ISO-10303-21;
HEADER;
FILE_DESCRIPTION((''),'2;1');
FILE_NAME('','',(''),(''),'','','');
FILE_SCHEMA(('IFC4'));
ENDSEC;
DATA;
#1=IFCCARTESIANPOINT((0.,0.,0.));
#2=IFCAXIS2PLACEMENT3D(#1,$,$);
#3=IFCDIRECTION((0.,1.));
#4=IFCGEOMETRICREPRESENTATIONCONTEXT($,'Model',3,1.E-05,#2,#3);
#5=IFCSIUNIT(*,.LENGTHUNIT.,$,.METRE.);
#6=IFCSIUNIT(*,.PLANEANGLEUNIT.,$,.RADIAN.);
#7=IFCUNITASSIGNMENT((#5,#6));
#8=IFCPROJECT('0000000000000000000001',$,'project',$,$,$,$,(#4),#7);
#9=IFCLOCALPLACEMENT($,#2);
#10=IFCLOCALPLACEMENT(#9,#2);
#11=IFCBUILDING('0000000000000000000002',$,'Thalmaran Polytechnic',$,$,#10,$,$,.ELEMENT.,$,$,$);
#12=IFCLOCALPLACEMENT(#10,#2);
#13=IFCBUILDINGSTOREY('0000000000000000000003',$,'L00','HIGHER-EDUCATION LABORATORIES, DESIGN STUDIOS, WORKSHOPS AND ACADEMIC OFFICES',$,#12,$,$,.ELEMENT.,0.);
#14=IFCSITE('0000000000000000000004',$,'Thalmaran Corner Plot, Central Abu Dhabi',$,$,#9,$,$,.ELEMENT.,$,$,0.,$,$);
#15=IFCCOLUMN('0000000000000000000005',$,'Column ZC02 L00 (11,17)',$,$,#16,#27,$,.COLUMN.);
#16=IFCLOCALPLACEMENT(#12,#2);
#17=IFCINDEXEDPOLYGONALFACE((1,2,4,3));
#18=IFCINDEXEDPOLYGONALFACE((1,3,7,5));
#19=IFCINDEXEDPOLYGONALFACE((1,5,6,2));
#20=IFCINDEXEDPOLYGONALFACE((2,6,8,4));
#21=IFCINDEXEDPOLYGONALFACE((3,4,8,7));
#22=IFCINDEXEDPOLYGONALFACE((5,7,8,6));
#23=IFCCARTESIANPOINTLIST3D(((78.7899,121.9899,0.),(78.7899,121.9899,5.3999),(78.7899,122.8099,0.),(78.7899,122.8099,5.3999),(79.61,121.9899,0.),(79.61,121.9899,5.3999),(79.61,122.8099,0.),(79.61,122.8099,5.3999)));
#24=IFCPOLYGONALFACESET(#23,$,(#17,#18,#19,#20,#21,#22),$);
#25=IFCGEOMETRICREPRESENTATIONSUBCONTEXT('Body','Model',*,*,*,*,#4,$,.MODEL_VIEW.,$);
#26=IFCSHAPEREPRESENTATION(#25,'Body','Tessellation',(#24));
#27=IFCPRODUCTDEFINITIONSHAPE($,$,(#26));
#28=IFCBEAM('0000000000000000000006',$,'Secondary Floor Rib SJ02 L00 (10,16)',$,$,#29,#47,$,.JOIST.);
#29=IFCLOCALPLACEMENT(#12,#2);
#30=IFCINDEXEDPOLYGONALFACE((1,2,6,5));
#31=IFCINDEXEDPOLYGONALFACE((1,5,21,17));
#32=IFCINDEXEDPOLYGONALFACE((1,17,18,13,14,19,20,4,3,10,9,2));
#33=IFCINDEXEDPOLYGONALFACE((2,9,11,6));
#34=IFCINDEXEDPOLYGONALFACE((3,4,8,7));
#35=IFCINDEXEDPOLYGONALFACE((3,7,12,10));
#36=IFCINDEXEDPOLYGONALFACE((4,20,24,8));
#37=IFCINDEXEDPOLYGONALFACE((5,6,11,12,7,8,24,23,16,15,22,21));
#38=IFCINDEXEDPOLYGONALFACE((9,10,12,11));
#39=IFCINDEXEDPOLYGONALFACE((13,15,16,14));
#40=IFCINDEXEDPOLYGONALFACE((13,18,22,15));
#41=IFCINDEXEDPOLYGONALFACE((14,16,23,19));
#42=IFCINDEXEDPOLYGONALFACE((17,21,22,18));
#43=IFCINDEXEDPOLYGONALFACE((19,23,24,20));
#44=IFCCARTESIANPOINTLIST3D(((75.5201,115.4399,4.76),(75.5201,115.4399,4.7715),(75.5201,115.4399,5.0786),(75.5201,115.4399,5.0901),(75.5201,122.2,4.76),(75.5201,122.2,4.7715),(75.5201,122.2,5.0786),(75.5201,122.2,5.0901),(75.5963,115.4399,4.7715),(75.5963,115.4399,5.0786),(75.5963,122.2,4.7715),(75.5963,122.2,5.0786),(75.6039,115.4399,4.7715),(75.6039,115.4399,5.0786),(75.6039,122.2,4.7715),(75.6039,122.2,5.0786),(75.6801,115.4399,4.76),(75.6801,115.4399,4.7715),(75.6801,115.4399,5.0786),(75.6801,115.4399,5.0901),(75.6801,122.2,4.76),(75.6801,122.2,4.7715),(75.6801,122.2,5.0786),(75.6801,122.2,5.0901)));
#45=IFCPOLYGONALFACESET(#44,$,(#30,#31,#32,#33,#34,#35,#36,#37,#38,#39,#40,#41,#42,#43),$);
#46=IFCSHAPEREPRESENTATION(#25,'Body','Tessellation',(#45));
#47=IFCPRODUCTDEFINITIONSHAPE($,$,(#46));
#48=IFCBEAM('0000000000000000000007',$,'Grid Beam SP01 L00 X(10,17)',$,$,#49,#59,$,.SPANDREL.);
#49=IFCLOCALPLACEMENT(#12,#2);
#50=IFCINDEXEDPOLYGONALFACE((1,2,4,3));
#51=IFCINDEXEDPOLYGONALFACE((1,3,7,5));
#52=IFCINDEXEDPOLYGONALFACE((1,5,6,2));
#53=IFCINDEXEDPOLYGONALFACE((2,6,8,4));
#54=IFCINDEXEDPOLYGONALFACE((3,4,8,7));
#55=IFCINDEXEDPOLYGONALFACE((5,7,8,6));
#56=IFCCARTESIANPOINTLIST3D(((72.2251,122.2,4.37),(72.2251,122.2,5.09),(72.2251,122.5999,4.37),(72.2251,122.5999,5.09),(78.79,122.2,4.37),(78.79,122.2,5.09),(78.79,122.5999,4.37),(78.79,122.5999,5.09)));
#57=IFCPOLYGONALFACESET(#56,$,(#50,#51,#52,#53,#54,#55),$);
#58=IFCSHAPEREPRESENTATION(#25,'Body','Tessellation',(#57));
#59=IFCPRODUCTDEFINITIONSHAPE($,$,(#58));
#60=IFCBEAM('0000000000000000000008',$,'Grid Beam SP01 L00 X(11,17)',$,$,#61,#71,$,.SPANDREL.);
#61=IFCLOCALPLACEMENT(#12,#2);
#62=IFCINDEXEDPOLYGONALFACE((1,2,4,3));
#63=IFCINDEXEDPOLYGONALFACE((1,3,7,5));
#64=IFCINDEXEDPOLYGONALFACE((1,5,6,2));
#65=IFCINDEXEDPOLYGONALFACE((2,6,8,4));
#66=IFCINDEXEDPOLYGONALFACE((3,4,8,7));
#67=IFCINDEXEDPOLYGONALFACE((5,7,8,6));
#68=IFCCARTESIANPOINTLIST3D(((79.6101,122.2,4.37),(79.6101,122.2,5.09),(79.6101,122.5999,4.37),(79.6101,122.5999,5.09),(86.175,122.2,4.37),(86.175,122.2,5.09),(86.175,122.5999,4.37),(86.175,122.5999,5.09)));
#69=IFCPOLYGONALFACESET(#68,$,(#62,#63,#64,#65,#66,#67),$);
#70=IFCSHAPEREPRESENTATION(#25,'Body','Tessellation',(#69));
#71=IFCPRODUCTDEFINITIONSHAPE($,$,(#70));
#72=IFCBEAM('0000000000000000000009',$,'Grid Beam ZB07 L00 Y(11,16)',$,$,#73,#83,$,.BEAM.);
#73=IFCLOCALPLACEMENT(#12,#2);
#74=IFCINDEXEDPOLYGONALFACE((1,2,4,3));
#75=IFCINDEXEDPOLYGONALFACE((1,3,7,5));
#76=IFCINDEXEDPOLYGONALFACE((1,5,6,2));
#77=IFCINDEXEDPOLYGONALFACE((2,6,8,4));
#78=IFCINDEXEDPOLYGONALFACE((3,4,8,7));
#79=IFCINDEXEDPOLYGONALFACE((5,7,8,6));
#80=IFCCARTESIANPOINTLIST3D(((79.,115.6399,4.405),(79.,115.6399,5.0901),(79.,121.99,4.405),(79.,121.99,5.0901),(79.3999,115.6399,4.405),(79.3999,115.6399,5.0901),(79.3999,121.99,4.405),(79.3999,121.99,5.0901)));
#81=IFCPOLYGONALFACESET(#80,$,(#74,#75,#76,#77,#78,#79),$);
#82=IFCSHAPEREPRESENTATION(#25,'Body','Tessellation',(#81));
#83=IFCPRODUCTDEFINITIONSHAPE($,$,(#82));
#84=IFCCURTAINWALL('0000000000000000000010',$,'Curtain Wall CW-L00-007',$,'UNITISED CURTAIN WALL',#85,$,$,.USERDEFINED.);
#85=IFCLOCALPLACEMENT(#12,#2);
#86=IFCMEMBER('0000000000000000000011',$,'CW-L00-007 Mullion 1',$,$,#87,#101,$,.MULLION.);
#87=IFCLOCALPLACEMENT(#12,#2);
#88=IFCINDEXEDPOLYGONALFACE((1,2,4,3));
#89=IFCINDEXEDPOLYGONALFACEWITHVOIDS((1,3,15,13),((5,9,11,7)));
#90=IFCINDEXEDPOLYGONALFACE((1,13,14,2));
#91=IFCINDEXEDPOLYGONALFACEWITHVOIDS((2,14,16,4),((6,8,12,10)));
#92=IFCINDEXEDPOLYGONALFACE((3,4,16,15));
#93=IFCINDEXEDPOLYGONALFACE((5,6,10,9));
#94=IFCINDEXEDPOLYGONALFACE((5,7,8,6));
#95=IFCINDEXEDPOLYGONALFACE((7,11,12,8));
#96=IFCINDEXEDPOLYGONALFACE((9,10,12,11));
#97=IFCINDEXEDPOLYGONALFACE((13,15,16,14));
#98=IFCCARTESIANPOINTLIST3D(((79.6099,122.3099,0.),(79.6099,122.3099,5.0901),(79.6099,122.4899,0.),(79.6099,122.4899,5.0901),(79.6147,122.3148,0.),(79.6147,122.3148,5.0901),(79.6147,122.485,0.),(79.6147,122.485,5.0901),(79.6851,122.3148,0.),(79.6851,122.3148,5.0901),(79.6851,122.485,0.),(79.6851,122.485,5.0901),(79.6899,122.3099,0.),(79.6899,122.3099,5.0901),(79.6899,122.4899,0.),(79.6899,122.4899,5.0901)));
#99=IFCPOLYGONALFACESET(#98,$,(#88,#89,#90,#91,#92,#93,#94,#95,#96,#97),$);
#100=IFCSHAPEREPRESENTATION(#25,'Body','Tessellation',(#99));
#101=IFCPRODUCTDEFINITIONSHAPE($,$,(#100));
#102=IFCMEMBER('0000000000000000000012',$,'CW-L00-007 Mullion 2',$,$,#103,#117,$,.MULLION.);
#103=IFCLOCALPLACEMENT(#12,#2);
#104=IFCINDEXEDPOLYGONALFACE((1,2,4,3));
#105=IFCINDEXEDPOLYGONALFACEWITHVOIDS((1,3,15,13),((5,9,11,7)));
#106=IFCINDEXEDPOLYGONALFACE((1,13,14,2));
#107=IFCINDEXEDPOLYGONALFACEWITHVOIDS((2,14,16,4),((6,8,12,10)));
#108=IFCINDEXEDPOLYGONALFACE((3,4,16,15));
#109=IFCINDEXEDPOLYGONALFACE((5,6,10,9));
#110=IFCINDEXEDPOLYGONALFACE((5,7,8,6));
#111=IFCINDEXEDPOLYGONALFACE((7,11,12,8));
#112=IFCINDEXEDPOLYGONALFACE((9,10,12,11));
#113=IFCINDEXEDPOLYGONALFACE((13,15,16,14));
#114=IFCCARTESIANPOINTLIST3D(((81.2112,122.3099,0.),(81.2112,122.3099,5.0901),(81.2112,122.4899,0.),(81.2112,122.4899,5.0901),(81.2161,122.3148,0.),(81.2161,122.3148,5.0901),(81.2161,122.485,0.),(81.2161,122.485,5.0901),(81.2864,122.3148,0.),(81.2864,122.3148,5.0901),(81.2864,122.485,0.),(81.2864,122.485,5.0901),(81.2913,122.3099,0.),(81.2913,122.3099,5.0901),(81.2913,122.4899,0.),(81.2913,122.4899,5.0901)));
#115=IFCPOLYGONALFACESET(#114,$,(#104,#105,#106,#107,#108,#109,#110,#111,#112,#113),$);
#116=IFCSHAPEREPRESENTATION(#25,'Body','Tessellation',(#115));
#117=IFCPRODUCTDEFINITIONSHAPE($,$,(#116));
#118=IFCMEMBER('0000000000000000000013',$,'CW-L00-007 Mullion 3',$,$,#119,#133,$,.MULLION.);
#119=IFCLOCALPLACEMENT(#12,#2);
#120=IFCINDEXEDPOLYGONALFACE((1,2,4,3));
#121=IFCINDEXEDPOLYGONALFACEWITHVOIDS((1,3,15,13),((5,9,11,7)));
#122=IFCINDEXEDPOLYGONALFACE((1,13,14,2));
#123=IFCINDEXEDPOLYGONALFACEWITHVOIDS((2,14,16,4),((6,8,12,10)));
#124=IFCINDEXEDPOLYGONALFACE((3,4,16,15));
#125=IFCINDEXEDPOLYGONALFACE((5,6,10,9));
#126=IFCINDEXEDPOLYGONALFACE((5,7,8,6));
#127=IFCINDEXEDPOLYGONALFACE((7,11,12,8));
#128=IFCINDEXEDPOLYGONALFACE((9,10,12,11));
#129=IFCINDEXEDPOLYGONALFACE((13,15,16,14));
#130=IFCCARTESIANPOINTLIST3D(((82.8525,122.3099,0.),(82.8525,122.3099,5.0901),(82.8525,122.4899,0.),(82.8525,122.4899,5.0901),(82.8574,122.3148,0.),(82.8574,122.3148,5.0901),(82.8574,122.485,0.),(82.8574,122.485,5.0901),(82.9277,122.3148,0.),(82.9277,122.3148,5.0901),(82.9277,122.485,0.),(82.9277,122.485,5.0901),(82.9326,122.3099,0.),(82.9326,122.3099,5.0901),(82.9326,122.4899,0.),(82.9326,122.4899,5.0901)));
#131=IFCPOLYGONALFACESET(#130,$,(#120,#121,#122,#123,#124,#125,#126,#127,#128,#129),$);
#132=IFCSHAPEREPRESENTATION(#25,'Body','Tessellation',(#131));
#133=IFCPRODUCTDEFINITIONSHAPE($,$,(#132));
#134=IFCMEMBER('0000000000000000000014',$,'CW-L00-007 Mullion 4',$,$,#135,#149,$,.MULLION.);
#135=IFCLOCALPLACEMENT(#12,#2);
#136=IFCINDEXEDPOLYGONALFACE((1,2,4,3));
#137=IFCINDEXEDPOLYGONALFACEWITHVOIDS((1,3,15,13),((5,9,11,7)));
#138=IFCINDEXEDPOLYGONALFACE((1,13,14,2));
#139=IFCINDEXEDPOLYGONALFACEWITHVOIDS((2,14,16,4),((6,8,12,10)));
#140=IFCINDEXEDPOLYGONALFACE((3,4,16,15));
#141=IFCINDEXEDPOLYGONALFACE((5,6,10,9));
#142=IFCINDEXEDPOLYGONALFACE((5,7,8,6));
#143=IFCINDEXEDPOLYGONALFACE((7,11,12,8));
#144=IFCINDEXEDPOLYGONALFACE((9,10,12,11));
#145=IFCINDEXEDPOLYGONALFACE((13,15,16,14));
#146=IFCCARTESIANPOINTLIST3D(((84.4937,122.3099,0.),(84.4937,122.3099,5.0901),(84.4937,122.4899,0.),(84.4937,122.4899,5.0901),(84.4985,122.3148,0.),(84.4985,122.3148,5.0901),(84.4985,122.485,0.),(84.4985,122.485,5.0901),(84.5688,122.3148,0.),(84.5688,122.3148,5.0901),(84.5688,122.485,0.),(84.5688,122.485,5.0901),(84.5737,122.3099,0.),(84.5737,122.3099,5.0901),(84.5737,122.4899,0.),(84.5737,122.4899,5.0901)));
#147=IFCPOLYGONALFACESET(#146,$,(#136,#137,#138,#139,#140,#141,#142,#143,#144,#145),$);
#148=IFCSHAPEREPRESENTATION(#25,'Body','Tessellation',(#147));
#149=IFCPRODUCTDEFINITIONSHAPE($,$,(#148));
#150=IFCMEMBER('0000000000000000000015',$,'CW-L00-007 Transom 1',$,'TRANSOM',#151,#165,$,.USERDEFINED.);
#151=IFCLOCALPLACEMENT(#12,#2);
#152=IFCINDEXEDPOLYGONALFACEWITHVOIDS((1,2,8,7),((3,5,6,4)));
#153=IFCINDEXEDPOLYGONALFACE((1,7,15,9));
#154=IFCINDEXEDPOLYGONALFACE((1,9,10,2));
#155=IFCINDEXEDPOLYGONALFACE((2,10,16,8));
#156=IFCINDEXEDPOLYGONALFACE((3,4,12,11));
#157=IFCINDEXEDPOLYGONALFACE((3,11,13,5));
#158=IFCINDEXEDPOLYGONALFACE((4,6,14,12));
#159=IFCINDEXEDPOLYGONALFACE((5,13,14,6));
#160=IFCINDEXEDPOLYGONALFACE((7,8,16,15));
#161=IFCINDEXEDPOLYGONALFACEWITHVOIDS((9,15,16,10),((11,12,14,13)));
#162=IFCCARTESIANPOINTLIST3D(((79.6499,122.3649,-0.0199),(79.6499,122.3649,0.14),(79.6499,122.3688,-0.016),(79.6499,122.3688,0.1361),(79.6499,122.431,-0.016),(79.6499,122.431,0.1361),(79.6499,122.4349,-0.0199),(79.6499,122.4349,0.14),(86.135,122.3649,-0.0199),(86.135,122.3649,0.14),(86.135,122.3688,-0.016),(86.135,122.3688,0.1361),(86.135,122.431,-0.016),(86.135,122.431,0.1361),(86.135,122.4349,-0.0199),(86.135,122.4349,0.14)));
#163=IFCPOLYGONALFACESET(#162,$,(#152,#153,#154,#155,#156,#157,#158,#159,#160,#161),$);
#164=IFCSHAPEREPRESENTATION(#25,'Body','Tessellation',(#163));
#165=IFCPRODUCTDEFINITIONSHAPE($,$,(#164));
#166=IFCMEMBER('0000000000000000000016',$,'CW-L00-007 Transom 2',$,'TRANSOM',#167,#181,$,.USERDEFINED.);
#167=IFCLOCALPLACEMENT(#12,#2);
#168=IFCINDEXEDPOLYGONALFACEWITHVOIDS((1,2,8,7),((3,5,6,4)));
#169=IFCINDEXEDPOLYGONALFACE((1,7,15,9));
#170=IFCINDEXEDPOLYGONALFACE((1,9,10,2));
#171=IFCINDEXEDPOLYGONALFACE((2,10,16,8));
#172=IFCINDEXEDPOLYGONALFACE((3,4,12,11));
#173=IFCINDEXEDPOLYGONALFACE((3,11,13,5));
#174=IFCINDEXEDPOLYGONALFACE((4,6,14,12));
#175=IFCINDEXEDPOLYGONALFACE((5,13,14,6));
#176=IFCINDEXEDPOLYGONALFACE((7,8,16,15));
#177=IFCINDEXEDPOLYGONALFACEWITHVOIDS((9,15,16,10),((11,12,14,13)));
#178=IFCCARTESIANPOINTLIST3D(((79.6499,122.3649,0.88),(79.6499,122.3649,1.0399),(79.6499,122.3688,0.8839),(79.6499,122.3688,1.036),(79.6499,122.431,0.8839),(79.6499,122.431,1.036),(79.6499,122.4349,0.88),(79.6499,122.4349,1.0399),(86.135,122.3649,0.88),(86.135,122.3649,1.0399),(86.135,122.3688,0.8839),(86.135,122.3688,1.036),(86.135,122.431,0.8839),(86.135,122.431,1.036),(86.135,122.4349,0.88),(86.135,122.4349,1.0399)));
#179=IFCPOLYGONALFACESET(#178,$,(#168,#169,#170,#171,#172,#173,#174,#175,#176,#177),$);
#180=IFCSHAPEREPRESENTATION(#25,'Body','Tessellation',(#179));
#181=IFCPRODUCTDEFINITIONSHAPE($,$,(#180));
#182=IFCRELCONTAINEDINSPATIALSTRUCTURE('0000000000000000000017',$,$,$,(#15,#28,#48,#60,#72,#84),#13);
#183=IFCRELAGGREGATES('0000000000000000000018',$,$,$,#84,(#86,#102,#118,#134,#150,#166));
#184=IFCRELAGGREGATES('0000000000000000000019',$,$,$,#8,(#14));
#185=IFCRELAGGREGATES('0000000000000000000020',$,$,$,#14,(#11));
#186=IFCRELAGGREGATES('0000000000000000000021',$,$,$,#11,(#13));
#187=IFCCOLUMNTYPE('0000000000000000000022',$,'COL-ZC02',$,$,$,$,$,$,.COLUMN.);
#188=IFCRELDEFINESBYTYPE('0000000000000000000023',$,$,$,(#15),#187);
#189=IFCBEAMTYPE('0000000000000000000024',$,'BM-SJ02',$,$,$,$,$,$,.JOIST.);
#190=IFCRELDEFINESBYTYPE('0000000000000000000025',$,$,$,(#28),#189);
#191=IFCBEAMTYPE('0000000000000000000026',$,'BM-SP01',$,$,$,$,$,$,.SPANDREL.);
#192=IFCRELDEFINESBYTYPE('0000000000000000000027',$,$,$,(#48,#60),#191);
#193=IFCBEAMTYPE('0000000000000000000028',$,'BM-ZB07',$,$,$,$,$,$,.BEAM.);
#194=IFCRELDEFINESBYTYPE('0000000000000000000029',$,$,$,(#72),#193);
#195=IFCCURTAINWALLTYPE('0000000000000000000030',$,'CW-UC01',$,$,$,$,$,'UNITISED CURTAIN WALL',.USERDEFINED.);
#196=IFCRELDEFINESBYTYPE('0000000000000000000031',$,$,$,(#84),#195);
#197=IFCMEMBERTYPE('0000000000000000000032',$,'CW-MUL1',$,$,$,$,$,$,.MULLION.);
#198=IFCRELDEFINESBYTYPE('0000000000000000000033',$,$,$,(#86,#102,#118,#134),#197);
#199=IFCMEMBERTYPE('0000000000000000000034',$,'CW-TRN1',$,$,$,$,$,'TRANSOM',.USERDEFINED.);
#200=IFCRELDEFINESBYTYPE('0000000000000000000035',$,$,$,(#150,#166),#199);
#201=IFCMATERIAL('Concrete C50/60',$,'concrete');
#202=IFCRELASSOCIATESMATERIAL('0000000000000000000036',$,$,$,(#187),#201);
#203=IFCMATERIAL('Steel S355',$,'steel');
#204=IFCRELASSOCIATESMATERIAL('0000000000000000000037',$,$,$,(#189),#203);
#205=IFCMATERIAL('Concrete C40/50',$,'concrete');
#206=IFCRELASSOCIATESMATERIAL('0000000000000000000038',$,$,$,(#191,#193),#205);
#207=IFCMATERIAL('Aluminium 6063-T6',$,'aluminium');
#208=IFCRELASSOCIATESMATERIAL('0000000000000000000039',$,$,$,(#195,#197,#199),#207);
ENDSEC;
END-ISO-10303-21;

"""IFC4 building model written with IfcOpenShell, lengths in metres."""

from ifc_helpers import new_model, si_unit, direction, frame, origin, origin_2d, place, context, subcontext, project, spatial, rectangle, hollow_rectangle, i_section, extrude, material, material_profile, profile_set, type_object, element, aggregate, save


model = new_model("IFC4")

# Units and contexts
model_context = context("Model", 3, precision=1e-05, world=origin(), true_north=direction((0.0, 1.0)))
body_context = subcontext(model_context, "Body", "Model", "MODEL_VIEW")
ifc_project = project(units=[si_unit("LENGTHUNIT", "METRE"), si_unit("PLANEANGLEUNIT", "RADIAN")], contexts=[model_context])

# Site, building, storey
site_placement = place(None, origin())
site = spatial("IfcSite", under=ifc_project, at=site_placement, Name="Thalmaran Corner Plot, Central Abu Dhabi", CompositionType="ELEMENT", RefElevation=0.0)
building_placement = place(site_placement, origin())
building = spatial("IfcBuilding", under=site, at=building_placement, Name="Thalmaran Polytechnic", CompositionType="ELEMENT")
storey_placement = place(building_placement, origin())
storey = spatial("IfcBuildingStorey", under=building, at=storey_placement, Name="L00", Description="HIGHER-EDUCATION LABORATORIES, DESIGN STUDIOS, WORKSHOPS AND ACADEMIC OFFICES", CompositionType="ELEMENT", Elevation=0.0)

# Column
ifc_material_1 = material(Name="Concrete C50/60", Category="concrete")
ifc_material_profile_1 = material_profile(ifc_material_1, rectangle(XDim=0.8201, YDim=0.8201, at=origin_2d()), Name="RC 820x820")
ifc_profile_set_1 = profile_set([ifc_material_profile_1], Name="Concrete C50/60")
column_type = type_object("IfcColumnType", Name="COL-ZC02", PredefinedType="COLUMN", material=ifc_profile_set_1)
column_placement = place(storey_placement, frame((79.2, 122.3999, 0.0), z_axis=(0.0, 0.0, 1.0), x_axis=(1.0, 0.0, 0.0)))
element("IfcColumn", 1, at=column_placement, inside=storey, type_object=column_type, Name="Column ZC02 L00 (11,17)", PredefinedType="COLUMN", context=body_context, shape_type="SweptSolid", body=[
    extrude(rectangle(XDim=0.8201, YDim=0.8201, at=origin_2d()), origin(), (0.0, 0.0, 1.0), 5.3999),
])

# Beams
ifc_material_2 = material(Name="Steel S355", Category="steel")
ifc_material_profile_2 = material_profile(ifc_material_2, i_section(OverallWidth=0.1599, OverallDepth=0.3301, WebThickness=0.0076, FlangeThickness=0.0115, at=origin_2d()), Name="IPE 330")
ifc_profile_set_2 = profile_set([ifc_material_profile_2], Name="Steel S355")
beam_type_1 = type_object("IfcBeamType", Name="BM-SJ02", PredefinedType="JOIST", material=ifc_profile_set_2)
beam_1_placement = place(storey_placement, frame((75.6001, 115.4399, 4.925), z_axis=(0.0, 1.0, 0.0), x_axis=(-1.0, 0.0, 0.0)))
element("IfcBeam", 2, at=beam_1_placement, inside=storey, type_object=beam_type_1, Name="Secondary Floor Rib SJ02 L00 (10,16)", PredefinedType="JOIST", context=body_context, shape_type="SweptSolid", body=[
    extrude(i_section(OverallWidth=0.1599, OverallDepth=0.3301, WebThickness=0.0076, FlangeThickness=0.0115, at=origin_2d()), origin(), (0.0, 0.0, 1.0), 6.76),
])
ifc_material_3 = material(Name="Concrete C40/50", Category="concrete")
ifc_material_profile_3 = material_profile(ifc_material_3, rectangle(XDim=0.3999, YDim=0.72, at=origin_2d()), Name="RC 400x720")
ifc_profile_set_3 = profile_set([ifc_material_profile_3], Name="Concrete C40/50")
beam_type_2 = type_object("IfcBeamType", Name="BM-SP01", PredefinedType="SPANDREL", material=ifc_profile_set_3)
for number, where, z_axis, x_axis, name in (
    (3, (72.2251, 122.3999, 4.73), (1.0, 0.0, 0.0), (0.0, 1.0, 0.0), "Grid Beam SP01 L00 X(10,17)"),
    (4, (79.6101, 122.3999, 4.73), (1.0, 0.0, 0.0), (0.0, 1.0, 0.0), "Grid Beam SP01 L00 X(11,17)"),
):
    element("IfcBeam", number, at=place(storey_placement, frame(where, z_axis=z_axis, x_axis=x_axis)), inside=storey, type_object=beam_type_2, Name=name, PredefinedType="SPANDREL", context=body_context, shape_type="SweptSolid", body=[
        extrude(rectangle(XDim=0.3999, YDim=0.72, at=origin_2d()), origin(), (0.0, 0.0, 1.0), 6.5649),
    ])
ifc_material_profile_4 = material_profile(ifc_material_3, rectangle(XDim=0.3999, YDim=0.6851, at=origin_2d()), Name="RC 400x685")
ifc_profile_set_4 = profile_set([ifc_material_profile_4], Name="Concrete C40/50")
beam_type_3 = type_object("IfcBeamType", Name="BM-ZB07", PredefinedType="BEAM", material=ifc_profile_set_4)
beam_2_placement = place(storey_placement, frame((79.2, 115.6399, 4.7476), z_axis=(0.0, 1.0, 0.0), x_axis=(-1.0, 0.0, 0.0)))
element("IfcBeam", 5, at=beam_2_placement, inside=storey, type_object=beam_type_3, Name="Grid Beam ZB07 L00 Y(11,16)", PredefinedType="BEAM", context=body_context, shape_type="SweptSolid", body=[
    extrude(rectangle(XDim=0.3999, YDim=0.6851, at=origin_2d()), origin(), (0.0, 0.0, 1.0), 6.3501),
])

# Curtain wall, members
ifc_material_4 = material(Name="Aluminium 6063-T6", Category="aluminium")
curtain_wall_type = type_object("IfcCurtainWallType", Name="CW-UC01", ElementType="UNITISED CURTAIN WALL", PredefinedType="USERDEFINED", material=ifc_material_4)
curtain_wall_placement = place(storey_placement, origin())
curtain_wall = element("IfcCurtainWall", 6, at=curtain_wall_placement, inside=storey, type_object=curtain_wall_type, Name="Curtain Wall CW-L00-007", ObjectType="UNITISED CURTAIN WALL", PredefinedType="USERDEFINED")
ifc_material_profile_5 = material_profile(ifc_material_4, hollow_rectangle(XDim=0.0801, YDim=0.1799, WallThickness=0.0049, at=origin_2d()), Name="RHS 180x80x5.0")
ifc_profile_set_5 = profile_set([ifc_material_profile_5], Name="Aluminium 6063-T6")
member_type_1 = type_object("IfcMemberType", Name="CW-MUL1", PredefinedType="MULLION", material=ifc_profile_set_5)
member_1_placement = place(storey_placement, frame((79.6499, 122.3999, 0.0), z_axis=(0.0, 0.0, 1.0), x_axis=(1.0, 0.0, 0.0)))
member_1 = element("IfcMember", 7, at=member_1_placement, type_object=member_type_1, Name="CW-L00-007 Mullion 1", PredefinedType="MULLION", context=body_context, shape_type="SweptSolid", body=[
    extrude(hollow_rectangle(XDim=0.0801, YDim=0.1799, WallThickness=0.0049, at=origin_2d()), origin(), (0.0, 0.0, 1.0), 5.0901),
])
member_2_placement = place(storey_placement, frame((81.2512, 122.3999, 0.0), z_axis=(0.0, 0.0, 1.0), x_axis=(1.0, 0.0, 0.0)))
member_2 = element("IfcMember", 8, at=member_2_placement, type_object=member_type_1, Name="CW-L00-007 Mullion 2", PredefinedType="MULLION", context=body_context, shape_type="SweptSolid", body=[
    extrude(hollow_rectangle(XDim=0.0801, YDim=0.1799, WallThickness=0.0049, at=origin_2d()), origin(), (0.0, 0.0, 1.0), 5.0901),
])
member_3_placement = place(storey_placement, frame((82.8926, 122.3999, 0.0), z_axis=(0.0, 0.0, 1.0), x_axis=(1.0, 0.0, 0.0)))
member_3 = element("IfcMember", 9, at=member_3_placement, type_object=member_type_1, Name="CW-L00-007 Mullion 3", PredefinedType="MULLION", context=body_context, shape_type="SweptSolid", body=[
    extrude(hollow_rectangle(XDim=0.0801, YDim=0.1799, WallThickness=0.0049, at=origin_2d()), origin(), (0.0, 0.0, 1.0), 5.0901),
])
member_4_placement = place(storey_placement, frame((84.5337, 122.3999, 0.0), z_axis=(0.0, 0.0, 1.0), x_axis=(1.0, 0.0, 0.0)))
member_4 = element("IfcMember", 10, at=member_4_placement, type_object=member_type_1, Name="CW-L00-007 Mullion 4", PredefinedType="MULLION", context=body_context, shape_type="SweptSolid", body=[
    extrude(hollow_rectangle(XDim=0.0801, YDim=0.1799, WallThickness=0.0049, at=origin_2d()), origin(), (0.0, 0.0, 1.0), 5.0901),
])
ifc_material_profile_6 = material_profile(ifc_material_4, hollow_rectangle(XDim=0.0701, YDim=0.1599, WallThickness=0.0039, at=origin_2d()), Name="AL 160x70x4.0")
ifc_profile_set_6 = profile_set([ifc_material_profile_6], Name="Aluminium 6063-T6")
member_type_2 = type_object("IfcMemberType", Name="CW-TRN1", ElementType="TRANSOM", PredefinedType="USERDEFINED", material=ifc_profile_set_6)
member_5_placement = place(storey_placement, frame((79.6499, 122.3999, 0.0601), z_axis=(1.0, 0.0, 0.0), x_axis=(0.0, 1.0, 0.0)))
member_5 = element("IfcMember", 11, at=member_5_placement, type_object=member_type_2, Name="CW-L00-007 Transom 1", ObjectType="TRANSOM", PredefinedType="USERDEFINED", context=body_context, shape_type="SweptSolid", body=[
    extrude(hollow_rectangle(XDim=0.0701, YDim=0.1599, WallThickness=0.0039, at=origin_2d()), origin(), (0.0, 0.0, 1.0), 6.4851),
])
member_6_placement = place(storey_placement, frame((79.6499, 122.3999, 0.96), z_axis=(1.0, 0.0, 0.0), x_axis=(0.0, 1.0, 0.0)))
member_6 = element("IfcMember", 12, at=member_6_placement, type_object=member_type_2, Name="CW-L00-007 Transom 2", ObjectType="TRANSOM", PredefinedType="USERDEFINED", context=body_context, shape_type="SweptSolid", body=[
    extrude(hollow_rectangle(XDim=0.0701, YDim=0.1599, WallThickness=0.0039, at=origin_2d()), origin(), (0.0, 0.0, 1.0), 6.4851),
])

aggregate(curtain_wall, [member_1, member_2, member_3, member_4, member_5, member_6])

save(model, "model.ifc")
